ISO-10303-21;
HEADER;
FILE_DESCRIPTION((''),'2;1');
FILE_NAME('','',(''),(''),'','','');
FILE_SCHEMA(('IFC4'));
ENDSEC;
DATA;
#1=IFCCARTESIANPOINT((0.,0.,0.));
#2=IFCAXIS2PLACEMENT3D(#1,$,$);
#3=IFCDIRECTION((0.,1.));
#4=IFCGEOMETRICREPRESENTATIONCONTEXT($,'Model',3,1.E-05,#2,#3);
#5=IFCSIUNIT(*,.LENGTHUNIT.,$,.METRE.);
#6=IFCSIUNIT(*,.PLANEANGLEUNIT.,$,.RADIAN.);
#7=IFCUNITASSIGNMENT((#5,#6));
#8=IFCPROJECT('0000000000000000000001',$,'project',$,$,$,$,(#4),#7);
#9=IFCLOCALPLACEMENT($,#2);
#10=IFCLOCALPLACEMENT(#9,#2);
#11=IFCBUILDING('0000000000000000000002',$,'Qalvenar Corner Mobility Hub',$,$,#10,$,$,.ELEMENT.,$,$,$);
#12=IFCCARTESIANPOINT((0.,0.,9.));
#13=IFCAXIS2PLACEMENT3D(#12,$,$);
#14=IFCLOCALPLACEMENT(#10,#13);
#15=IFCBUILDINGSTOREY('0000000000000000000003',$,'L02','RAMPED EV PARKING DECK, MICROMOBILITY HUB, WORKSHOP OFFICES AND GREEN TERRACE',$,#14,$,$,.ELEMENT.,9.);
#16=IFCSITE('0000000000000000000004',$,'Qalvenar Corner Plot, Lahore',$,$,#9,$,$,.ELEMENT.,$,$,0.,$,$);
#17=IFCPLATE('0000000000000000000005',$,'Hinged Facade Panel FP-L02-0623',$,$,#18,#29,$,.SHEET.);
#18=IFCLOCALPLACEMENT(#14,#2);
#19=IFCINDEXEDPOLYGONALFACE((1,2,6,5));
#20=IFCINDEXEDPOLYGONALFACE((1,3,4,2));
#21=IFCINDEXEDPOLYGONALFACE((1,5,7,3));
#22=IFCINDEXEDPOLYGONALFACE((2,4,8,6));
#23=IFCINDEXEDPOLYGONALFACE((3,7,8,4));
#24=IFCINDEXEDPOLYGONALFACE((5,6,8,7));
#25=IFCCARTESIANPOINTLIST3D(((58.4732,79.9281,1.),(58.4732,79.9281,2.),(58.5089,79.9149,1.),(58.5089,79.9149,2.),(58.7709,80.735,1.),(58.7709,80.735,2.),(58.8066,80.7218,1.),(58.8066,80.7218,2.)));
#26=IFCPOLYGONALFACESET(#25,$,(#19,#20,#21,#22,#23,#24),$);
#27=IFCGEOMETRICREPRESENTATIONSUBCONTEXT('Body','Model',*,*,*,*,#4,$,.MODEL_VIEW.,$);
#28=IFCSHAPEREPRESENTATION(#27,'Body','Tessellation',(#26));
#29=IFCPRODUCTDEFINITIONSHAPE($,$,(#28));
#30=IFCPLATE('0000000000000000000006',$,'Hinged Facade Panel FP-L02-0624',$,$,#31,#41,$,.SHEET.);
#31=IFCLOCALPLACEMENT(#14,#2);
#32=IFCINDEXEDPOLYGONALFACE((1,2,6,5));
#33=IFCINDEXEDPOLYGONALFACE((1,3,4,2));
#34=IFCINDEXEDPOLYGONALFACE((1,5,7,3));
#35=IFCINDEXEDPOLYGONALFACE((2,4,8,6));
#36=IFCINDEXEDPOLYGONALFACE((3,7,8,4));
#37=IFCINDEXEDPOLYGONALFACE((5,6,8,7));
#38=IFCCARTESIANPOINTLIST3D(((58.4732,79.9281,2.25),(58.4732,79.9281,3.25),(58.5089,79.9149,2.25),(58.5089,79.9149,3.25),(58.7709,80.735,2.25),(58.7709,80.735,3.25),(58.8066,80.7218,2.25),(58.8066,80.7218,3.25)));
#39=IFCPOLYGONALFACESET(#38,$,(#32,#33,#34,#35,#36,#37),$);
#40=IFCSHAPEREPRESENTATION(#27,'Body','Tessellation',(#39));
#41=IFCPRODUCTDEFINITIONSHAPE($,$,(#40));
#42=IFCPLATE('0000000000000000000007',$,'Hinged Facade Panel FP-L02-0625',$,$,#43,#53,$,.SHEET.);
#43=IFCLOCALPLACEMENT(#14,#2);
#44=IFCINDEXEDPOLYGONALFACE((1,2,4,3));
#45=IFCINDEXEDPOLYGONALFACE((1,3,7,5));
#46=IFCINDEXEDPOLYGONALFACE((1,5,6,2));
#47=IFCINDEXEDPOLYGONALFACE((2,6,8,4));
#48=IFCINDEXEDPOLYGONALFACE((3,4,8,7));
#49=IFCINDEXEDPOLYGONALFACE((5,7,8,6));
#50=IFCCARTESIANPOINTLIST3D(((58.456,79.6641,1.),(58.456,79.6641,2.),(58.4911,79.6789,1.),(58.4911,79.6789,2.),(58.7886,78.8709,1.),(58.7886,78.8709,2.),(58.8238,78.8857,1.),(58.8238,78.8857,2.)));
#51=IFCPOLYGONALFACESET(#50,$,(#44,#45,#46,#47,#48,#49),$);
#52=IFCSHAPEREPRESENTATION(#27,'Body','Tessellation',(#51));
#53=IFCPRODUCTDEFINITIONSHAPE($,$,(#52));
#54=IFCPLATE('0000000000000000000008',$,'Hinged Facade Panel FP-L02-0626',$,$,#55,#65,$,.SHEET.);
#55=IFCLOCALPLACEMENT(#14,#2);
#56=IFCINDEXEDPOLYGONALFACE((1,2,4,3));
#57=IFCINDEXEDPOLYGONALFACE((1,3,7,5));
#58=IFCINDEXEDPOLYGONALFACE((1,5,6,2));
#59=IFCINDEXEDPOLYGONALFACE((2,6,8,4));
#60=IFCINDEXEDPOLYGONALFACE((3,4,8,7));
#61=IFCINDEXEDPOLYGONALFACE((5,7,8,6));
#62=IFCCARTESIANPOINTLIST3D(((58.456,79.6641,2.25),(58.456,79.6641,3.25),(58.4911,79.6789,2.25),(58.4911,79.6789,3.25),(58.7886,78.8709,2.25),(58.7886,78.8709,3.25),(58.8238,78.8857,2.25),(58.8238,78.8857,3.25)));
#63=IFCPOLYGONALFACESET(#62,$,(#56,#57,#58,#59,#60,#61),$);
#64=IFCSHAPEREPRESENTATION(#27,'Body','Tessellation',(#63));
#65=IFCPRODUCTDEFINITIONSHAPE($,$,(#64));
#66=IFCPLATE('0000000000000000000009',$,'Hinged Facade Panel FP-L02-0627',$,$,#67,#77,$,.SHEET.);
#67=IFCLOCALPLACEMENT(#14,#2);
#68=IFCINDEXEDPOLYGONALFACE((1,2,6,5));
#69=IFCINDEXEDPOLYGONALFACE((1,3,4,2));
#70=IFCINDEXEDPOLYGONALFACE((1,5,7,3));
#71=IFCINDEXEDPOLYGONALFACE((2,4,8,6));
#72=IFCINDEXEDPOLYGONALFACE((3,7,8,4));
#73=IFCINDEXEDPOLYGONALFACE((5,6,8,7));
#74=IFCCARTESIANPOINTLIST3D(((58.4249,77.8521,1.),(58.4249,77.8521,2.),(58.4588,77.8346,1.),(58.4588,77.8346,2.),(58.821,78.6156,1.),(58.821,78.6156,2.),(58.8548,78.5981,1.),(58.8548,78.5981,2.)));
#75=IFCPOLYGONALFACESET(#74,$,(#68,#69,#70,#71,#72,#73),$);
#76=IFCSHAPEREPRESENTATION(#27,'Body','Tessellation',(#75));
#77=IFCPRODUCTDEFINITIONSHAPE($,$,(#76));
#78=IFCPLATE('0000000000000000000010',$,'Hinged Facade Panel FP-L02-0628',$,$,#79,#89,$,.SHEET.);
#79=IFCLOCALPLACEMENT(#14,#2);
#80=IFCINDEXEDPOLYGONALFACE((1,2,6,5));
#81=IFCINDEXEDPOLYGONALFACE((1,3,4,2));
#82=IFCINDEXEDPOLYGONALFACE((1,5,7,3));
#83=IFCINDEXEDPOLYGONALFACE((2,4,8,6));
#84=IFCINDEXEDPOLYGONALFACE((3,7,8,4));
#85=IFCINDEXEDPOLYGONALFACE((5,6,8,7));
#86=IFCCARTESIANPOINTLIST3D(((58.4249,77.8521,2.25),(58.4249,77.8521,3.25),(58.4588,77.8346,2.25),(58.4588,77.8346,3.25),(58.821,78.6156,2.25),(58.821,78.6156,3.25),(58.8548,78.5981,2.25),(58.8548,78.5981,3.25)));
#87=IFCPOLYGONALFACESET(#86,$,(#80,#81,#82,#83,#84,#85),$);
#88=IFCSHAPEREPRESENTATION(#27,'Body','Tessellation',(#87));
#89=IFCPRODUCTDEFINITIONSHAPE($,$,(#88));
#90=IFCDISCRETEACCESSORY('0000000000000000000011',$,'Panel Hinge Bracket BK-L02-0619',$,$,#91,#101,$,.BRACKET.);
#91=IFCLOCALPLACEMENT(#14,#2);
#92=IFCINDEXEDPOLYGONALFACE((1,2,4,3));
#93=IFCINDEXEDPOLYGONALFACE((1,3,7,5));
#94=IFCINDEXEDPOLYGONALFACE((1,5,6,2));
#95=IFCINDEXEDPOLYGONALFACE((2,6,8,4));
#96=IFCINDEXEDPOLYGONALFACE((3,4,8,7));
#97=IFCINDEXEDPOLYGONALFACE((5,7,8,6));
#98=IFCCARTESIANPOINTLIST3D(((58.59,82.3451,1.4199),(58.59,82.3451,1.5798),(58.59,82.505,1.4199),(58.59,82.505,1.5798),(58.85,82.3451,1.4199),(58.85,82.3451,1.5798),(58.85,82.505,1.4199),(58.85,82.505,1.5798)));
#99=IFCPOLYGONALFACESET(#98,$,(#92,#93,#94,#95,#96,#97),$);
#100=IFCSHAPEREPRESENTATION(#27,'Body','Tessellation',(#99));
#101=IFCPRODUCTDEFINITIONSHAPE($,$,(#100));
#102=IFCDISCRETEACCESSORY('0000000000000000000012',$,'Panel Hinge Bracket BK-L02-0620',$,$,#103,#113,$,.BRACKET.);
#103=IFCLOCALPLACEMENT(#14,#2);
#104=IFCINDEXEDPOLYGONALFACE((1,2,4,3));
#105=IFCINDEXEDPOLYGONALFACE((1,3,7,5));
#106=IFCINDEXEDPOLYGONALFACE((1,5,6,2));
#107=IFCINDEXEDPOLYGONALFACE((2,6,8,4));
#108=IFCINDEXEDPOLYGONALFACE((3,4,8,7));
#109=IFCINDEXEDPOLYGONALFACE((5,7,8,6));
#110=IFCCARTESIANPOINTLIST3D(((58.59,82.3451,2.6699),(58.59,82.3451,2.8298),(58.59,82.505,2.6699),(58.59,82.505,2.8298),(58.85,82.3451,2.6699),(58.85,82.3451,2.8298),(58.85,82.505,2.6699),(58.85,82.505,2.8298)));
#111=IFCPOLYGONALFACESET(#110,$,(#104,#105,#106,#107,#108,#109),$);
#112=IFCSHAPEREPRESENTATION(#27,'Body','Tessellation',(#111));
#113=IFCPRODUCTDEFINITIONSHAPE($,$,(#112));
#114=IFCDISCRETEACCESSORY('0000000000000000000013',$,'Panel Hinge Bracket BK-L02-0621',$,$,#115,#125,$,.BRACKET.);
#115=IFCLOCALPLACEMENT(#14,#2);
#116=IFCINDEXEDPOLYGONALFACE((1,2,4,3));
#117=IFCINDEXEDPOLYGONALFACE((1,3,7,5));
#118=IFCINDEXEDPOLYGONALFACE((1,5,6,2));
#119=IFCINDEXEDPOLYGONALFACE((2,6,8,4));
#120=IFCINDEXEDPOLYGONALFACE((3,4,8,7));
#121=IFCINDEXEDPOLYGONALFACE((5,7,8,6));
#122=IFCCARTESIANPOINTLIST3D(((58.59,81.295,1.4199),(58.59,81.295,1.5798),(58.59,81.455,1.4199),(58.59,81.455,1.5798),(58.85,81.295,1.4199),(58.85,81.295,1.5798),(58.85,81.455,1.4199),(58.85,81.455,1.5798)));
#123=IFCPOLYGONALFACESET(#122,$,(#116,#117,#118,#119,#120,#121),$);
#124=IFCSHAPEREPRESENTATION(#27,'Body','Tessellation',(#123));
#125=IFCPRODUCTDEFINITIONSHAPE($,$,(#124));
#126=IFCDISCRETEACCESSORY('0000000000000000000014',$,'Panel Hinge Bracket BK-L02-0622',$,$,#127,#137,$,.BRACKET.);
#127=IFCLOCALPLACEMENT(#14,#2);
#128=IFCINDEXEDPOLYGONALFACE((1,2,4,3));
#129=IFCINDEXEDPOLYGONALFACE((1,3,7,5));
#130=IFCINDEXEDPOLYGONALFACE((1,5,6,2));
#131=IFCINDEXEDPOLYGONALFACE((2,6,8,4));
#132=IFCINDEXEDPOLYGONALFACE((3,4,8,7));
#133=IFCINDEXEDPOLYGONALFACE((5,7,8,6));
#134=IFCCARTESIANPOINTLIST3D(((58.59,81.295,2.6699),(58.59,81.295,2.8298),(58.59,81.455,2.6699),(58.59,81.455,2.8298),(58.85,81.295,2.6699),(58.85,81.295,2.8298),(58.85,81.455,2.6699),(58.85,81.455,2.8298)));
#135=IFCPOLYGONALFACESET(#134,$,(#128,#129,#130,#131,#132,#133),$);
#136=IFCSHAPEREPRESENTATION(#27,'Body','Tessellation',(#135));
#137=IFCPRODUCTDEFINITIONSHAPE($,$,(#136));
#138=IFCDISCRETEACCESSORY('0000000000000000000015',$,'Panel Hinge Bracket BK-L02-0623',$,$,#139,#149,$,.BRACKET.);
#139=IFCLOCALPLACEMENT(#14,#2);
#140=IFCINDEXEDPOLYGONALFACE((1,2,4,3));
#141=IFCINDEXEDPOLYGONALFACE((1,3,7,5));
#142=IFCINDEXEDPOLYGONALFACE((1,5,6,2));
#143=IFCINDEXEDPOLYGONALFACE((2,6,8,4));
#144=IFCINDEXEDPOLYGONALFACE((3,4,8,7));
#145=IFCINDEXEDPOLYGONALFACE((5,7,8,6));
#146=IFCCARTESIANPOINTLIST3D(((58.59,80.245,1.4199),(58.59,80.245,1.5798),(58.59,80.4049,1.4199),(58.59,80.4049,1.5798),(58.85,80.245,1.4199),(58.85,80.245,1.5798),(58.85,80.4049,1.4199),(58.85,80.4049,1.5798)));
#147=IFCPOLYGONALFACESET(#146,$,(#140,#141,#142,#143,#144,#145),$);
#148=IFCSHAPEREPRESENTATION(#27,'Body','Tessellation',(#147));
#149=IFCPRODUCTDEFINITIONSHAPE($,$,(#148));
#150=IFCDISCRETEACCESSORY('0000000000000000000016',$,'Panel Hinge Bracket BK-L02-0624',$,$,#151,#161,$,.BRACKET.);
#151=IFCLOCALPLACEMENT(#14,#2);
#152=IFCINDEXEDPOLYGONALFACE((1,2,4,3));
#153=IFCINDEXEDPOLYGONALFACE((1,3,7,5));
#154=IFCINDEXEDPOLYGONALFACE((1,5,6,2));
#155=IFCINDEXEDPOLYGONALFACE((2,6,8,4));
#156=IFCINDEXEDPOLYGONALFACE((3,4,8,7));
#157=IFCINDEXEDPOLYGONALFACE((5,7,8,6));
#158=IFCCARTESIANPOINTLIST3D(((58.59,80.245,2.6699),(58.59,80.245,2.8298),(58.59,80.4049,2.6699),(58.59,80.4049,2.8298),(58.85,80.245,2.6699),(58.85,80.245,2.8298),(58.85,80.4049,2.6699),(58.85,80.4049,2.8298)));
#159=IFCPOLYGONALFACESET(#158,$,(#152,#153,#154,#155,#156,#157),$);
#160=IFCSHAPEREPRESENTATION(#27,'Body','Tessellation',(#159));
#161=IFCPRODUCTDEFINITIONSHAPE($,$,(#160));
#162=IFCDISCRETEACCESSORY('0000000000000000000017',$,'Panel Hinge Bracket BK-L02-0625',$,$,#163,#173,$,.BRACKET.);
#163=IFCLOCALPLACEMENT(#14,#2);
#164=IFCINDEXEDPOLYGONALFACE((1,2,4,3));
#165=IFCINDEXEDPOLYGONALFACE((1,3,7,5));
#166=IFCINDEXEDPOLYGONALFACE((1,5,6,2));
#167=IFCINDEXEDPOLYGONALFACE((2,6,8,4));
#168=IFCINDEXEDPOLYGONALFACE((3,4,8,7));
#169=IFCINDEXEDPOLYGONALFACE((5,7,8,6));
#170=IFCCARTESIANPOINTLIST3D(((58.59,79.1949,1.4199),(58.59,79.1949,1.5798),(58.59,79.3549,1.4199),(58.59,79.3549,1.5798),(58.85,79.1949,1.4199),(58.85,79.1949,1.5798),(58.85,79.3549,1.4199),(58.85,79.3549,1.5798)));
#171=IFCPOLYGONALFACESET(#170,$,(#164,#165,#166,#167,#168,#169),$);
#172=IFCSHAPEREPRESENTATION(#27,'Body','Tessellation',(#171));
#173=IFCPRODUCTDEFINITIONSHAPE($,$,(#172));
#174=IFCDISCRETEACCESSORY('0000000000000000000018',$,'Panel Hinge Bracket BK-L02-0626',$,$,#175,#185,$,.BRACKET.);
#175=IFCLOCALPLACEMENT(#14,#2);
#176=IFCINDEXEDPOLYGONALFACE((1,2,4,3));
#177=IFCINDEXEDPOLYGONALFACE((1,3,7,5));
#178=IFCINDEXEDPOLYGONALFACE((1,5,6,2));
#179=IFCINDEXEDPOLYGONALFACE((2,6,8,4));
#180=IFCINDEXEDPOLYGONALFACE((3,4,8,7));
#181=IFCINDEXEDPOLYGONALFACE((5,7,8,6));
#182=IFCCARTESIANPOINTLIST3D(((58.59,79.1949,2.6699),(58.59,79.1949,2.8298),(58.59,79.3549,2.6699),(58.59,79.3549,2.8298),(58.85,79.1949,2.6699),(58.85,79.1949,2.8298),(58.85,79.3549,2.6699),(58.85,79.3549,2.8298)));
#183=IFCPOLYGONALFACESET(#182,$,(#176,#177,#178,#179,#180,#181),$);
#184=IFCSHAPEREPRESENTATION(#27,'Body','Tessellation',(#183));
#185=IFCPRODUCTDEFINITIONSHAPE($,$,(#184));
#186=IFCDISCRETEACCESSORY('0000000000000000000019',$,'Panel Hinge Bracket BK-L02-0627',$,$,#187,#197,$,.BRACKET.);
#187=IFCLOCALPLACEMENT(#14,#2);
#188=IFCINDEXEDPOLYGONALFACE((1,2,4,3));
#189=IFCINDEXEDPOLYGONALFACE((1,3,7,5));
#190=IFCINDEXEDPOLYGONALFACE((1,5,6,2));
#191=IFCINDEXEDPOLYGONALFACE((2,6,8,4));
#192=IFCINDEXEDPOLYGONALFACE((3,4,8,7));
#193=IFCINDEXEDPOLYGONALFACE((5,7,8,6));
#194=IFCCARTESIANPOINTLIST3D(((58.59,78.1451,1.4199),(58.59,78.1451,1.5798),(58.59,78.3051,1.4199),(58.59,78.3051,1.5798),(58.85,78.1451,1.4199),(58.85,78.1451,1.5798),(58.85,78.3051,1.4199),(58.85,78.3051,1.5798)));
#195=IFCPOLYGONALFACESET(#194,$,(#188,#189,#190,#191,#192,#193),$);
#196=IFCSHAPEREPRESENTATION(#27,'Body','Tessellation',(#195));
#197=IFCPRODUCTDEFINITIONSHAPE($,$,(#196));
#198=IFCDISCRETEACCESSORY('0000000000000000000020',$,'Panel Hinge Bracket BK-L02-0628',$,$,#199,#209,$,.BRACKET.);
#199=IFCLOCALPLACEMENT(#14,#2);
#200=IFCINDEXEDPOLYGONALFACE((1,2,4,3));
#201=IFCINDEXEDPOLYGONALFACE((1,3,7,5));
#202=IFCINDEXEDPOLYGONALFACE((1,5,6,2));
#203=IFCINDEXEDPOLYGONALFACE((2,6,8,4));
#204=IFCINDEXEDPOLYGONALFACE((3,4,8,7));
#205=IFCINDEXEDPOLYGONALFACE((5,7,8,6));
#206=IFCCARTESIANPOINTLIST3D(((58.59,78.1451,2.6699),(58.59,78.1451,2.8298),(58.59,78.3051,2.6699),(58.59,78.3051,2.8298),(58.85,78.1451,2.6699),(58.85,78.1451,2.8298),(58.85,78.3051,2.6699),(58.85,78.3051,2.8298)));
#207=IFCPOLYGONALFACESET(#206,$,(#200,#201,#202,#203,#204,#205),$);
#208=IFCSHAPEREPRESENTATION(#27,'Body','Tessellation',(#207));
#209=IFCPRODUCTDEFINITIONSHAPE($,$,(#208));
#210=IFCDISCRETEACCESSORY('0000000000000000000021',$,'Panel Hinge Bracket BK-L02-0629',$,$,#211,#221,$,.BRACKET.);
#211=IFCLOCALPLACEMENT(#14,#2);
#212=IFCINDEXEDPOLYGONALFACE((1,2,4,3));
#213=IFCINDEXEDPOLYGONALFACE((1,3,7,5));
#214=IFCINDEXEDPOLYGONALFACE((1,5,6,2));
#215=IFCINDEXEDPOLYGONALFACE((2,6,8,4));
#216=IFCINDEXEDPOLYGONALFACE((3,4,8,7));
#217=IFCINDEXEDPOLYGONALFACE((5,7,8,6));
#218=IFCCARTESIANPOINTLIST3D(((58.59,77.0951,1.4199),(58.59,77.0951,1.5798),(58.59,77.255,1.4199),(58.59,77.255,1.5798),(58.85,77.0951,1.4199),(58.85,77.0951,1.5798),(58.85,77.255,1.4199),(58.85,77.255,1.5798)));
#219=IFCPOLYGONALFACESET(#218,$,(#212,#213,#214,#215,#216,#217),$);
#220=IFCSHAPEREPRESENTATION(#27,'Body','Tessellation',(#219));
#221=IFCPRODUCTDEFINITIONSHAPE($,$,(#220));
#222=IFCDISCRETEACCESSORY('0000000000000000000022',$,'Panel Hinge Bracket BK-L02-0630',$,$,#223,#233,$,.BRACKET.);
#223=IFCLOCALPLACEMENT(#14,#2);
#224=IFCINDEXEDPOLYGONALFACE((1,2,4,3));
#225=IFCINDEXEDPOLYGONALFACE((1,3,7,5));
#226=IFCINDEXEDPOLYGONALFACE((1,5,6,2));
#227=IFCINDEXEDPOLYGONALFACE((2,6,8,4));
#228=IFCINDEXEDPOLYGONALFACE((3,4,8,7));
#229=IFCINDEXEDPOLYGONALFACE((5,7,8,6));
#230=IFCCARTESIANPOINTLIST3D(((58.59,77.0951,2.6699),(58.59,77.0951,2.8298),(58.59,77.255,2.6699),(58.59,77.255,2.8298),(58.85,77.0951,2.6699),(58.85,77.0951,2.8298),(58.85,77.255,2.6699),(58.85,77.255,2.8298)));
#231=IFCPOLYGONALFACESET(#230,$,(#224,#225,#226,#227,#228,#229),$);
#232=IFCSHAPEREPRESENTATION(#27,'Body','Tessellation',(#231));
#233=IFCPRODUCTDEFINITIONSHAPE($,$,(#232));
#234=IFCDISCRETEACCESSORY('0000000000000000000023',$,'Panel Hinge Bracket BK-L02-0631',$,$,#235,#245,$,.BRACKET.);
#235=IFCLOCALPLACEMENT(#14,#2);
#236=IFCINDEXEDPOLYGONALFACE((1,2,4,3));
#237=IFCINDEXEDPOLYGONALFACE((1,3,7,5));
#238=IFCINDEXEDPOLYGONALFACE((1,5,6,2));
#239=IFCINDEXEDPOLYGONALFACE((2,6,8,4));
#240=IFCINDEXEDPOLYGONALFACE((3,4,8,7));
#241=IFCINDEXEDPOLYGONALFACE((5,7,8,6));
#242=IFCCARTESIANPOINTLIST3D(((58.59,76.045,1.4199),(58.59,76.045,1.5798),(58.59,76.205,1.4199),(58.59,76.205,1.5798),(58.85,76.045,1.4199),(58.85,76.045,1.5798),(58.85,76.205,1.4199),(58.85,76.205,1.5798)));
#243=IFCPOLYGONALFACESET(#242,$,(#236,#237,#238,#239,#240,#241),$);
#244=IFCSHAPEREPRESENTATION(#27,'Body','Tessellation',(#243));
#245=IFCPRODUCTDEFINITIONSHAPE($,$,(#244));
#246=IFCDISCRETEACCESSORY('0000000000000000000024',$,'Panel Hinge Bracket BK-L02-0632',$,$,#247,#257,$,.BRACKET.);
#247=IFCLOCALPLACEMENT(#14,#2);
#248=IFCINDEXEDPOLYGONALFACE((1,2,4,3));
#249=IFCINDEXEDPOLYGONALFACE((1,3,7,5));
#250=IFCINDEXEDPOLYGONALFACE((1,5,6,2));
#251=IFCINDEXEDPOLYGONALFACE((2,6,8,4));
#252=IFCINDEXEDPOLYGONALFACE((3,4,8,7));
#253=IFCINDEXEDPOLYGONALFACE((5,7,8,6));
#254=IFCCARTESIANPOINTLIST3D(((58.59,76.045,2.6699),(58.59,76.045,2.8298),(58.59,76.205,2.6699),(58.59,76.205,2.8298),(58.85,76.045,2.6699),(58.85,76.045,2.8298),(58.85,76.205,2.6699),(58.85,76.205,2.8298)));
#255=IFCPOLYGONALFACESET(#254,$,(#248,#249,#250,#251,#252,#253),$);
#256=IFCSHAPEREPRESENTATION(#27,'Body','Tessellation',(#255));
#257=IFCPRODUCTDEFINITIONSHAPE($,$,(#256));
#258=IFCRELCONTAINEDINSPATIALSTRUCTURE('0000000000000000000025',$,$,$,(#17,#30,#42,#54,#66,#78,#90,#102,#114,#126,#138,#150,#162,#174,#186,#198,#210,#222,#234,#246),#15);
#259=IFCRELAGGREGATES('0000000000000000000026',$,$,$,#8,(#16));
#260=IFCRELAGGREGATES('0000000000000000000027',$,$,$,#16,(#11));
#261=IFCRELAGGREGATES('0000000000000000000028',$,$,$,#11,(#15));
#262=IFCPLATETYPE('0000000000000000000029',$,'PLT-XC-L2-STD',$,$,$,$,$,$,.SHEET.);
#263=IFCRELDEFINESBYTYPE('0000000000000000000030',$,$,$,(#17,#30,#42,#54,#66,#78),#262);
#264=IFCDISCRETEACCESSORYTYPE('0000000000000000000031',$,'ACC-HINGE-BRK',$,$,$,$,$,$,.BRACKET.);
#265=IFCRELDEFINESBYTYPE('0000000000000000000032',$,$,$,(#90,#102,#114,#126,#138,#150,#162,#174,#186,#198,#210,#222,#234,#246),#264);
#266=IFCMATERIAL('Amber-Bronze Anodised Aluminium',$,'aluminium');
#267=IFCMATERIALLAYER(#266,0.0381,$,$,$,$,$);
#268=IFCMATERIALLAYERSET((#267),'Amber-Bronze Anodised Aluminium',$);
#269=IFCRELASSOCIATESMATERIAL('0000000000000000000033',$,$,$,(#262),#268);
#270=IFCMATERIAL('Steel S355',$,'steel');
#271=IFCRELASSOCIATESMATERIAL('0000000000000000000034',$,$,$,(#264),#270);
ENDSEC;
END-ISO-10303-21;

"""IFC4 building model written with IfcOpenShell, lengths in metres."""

from ifc_helpers import new_model, si_unit, direction, frame, origin, origin_2d, place, context, subcontext, project, spatial, rectangle, extrude, material, layer, layer_set, type_object, element, save


model = new_model("IFC4")

# Units and contexts
model_context = context("Model", 3, precision=1e-05, world=origin(), true_north=direction((0.0, 1.0)))
body_context = subcontext(model_context, "Body", "Model", "MODEL_VIEW")
ifc_project = project(units=[si_unit("LENGTHUNIT", "METRE"), si_unit("PLANEANGLEUNIT", "RADIAN")], contexts=[model_context])

# Site, building, storey
site_placement = place(None, origin())
site = spatial("IfcSite", under=ifc_project, at=site_placement, Name="Qalvenar Corner Plot, Lahore", CompositionType="ELEMENT", RefElevation=0.0)
building_placement = place(site_placement, origin())
building = spatial("IfcBuilding", under=site, at=building_placement, Name="Qalvenar Corner Mobility Hub", CompositionType="ELEMENT")
storey_placement = place(building_placement, frame((0.0, 0.0, 9.0)))
storey = spatial("IfcBuildingStorey", under=building, at=storey_placement, Name="L02", Description="RAMPED EV PARKING DECK, MICROMOBILITY HUB, WORKSHOP OFFICES AND GREEN TERRACE", CompositionType="ELEMENT", Elevation=9.0)

# Shared definitions
ifc_material_1 = material(Name="Steel S355", Category="steel")

# Plates
ifc_material_2 = material(Name="Amber-Bronze Anodised Aluminium", Category="aluminium")
ifc_layer_1 = layer(ifc_material_2, 0.0381)
ifc_layer_set_1 = layer_set([ifc_layer_1], Name="Amber-Bronze Anodised Aluminium")
plate_type_1 = type_object("IfcPlateType", Name="PLT-XC-L2-STD", PredefinedType="SHEET", material=ifc_layer_set_1)
for number, where, z_axis, x_axis, name in (
    (1, (58.6399, 80.325, 1.0), (0.0, 0.0, 1.0), (-0.346117, -0.938191, 0.0), "Hinged Facade Panel FP-L02-0623"),
    (2, (58.6399, 80.325, 2.25), (0.0, 0.0, 1.0), (-0.346117, -0.938191, 0.0), "Hinged Facade Panel FP-L02-0624"),
    (3, (58.6399, 79.2749, 1.0), (0.0, 0.0, 1.0), (0.386711, -0.922201, 0.0), "Hinged Facade Panel FP-L02-0625"),
    (4, (58.6399, 79.2749, 2.25), (0.0, 0.0, 1.0), (0.386711, -0.922201, 0.0), "Hinged Facade Panel FP-L02-0626"),
    (5, (58.6399, 78.2251, 1.0), (0.0, 0.0, 1.0), (-0.46051, -0.887655, 0.0), "Hinged Facade Panel FP-L02-0627"),
    (6, (58.6399, 78.2251, 2.25), (0.0, 0.0, 1.0), (-0.46051, -0.887655, 0.0), "Hinged Facade Panel FP-L02-0628"),
):
    element("IfcPlate", number, at=place(storey_placement, frame(where, z_axis=z_axis, x_axis=x_axis)), inside=storey, type_object=plate_type_1, Name=name, PredefinedType="SHEET", context=body_context, shape_type="SweptSolid", body=[
        extrude(rectangle(XDim=0.8601, YDim=0.0381, at=origin_2d()), origin(), (0.0, 0.0, 1.0), 1.0),
    ])

# Discrete accessories
discrete_accessory_type = type_object("IfcDiscreteAccessoryType", Name="ACC-HINGE-BRK", PredefinedType="BRACKET", material=ifc_material_1)
for number, where, z_axis, x_axis, name in (
    (7, (58.72, 82.425, 1.4199), (0.0, 0.0, 1.0), (0.0, -1.0, 0.0), "Panel Hinge Bracket BK-L02-0619"),
    (8, (58.72, 82.425, 2.6699), (0.0, 0.0, 1.0), (0.0, -1.0, 0.0), "Panel Hinge Bracket BK-L02-0620"),
    (9, (58.72, 81.375, 1.4199), (0.0, 0.0, 1.0), (0.0, -1.0, 0.0), "Panel Hinge Bracket BK-L02-0621"),
    (10, (58.72, 81.375, 2.6699), (0.0, 0.0, 1.0), (0.0, -1.0, 0.0), "Panel Hinge Bracket BK-L02-0622"),
    (11, (58.72, 80.325, 1.4199), (0.0, 0.0, 1.0), (0.0, -1.0, 0.0), "Panel Hinge Bracket BK-L02-0623"),
    (12, (58.72, 80.325, 2.6699), (0.0, 0.0, 1.0), (0.0, -1.0, 0.0), "Panel Hinge Bracket BK-L02-0624"),
    (13, (58.72, 79.2749, 1.4199), (0.0, 0.0, 1.0), (0.0, -1.0, 0.0), "Panel Hinge Bracket BK-L02-0625"),
    (14, (58.72, 79.2749, 2.6699), (0.0, 0.0, 1.0), (0.0, -1.0, 0.0), "Panel Hinge Bracket BK-L02-0626"),
    (15, (58.72, 78.2251, 1.4199), (0.0, 0.0, 1.0), (0.0, -1.0, 0.0), "Panel Hinge Bracket BK-L02-0627"),
    (16, (58.72, 78.2251, 2.6699), (0.0, 0.0, 1.0), (0.0, -1.0, 0.0), "Panel Hinge Bracket BK-L02-0628"),
    (17, (58.72, 77.175, 1.4199), (0.0, 0.0, 1.0), (0.0, -1.0, 0.0), "Panel Hinge Bracket BK-L02-0629"),
    (18, (58.72, 77.175, 2.6699), (0.0, 0.0, 1.0), (0.0, -1.0, 0.0), "Panel Hinge Bracket BK-L02-0630"),
    (19, (58.72, 76.125, 1.4199), (0.0, 0.0, 1.0), (0.0, -1.0, 0.0), "Panel Hinge Bracket BK-L02-0631"),
    (20, (58.72, 76.125, 2.6699), (0.0, 0.0, 1.0), (0.0, -1.0, 0.0), "Panel Hinge Bracket BK-L02-0632"),
):
    element("IfcDiscreteAccessory", number, at=place(storey_placement, frame(where, z_axis=z_axis, x_axis=x_axis)), inside=storey, type_object=discrete_accessory_type, Name=name, PredefinedType="BRACKET", context=body_context, shape_type="SweptSolid", body=[
        extrude(rectangle(XDim=0.1599, YDim=0.26, at=origin_2d()), origin(), (0.0, 0.0, 1.0), 0.1599),
    ])

save(model, "model.ifc")
